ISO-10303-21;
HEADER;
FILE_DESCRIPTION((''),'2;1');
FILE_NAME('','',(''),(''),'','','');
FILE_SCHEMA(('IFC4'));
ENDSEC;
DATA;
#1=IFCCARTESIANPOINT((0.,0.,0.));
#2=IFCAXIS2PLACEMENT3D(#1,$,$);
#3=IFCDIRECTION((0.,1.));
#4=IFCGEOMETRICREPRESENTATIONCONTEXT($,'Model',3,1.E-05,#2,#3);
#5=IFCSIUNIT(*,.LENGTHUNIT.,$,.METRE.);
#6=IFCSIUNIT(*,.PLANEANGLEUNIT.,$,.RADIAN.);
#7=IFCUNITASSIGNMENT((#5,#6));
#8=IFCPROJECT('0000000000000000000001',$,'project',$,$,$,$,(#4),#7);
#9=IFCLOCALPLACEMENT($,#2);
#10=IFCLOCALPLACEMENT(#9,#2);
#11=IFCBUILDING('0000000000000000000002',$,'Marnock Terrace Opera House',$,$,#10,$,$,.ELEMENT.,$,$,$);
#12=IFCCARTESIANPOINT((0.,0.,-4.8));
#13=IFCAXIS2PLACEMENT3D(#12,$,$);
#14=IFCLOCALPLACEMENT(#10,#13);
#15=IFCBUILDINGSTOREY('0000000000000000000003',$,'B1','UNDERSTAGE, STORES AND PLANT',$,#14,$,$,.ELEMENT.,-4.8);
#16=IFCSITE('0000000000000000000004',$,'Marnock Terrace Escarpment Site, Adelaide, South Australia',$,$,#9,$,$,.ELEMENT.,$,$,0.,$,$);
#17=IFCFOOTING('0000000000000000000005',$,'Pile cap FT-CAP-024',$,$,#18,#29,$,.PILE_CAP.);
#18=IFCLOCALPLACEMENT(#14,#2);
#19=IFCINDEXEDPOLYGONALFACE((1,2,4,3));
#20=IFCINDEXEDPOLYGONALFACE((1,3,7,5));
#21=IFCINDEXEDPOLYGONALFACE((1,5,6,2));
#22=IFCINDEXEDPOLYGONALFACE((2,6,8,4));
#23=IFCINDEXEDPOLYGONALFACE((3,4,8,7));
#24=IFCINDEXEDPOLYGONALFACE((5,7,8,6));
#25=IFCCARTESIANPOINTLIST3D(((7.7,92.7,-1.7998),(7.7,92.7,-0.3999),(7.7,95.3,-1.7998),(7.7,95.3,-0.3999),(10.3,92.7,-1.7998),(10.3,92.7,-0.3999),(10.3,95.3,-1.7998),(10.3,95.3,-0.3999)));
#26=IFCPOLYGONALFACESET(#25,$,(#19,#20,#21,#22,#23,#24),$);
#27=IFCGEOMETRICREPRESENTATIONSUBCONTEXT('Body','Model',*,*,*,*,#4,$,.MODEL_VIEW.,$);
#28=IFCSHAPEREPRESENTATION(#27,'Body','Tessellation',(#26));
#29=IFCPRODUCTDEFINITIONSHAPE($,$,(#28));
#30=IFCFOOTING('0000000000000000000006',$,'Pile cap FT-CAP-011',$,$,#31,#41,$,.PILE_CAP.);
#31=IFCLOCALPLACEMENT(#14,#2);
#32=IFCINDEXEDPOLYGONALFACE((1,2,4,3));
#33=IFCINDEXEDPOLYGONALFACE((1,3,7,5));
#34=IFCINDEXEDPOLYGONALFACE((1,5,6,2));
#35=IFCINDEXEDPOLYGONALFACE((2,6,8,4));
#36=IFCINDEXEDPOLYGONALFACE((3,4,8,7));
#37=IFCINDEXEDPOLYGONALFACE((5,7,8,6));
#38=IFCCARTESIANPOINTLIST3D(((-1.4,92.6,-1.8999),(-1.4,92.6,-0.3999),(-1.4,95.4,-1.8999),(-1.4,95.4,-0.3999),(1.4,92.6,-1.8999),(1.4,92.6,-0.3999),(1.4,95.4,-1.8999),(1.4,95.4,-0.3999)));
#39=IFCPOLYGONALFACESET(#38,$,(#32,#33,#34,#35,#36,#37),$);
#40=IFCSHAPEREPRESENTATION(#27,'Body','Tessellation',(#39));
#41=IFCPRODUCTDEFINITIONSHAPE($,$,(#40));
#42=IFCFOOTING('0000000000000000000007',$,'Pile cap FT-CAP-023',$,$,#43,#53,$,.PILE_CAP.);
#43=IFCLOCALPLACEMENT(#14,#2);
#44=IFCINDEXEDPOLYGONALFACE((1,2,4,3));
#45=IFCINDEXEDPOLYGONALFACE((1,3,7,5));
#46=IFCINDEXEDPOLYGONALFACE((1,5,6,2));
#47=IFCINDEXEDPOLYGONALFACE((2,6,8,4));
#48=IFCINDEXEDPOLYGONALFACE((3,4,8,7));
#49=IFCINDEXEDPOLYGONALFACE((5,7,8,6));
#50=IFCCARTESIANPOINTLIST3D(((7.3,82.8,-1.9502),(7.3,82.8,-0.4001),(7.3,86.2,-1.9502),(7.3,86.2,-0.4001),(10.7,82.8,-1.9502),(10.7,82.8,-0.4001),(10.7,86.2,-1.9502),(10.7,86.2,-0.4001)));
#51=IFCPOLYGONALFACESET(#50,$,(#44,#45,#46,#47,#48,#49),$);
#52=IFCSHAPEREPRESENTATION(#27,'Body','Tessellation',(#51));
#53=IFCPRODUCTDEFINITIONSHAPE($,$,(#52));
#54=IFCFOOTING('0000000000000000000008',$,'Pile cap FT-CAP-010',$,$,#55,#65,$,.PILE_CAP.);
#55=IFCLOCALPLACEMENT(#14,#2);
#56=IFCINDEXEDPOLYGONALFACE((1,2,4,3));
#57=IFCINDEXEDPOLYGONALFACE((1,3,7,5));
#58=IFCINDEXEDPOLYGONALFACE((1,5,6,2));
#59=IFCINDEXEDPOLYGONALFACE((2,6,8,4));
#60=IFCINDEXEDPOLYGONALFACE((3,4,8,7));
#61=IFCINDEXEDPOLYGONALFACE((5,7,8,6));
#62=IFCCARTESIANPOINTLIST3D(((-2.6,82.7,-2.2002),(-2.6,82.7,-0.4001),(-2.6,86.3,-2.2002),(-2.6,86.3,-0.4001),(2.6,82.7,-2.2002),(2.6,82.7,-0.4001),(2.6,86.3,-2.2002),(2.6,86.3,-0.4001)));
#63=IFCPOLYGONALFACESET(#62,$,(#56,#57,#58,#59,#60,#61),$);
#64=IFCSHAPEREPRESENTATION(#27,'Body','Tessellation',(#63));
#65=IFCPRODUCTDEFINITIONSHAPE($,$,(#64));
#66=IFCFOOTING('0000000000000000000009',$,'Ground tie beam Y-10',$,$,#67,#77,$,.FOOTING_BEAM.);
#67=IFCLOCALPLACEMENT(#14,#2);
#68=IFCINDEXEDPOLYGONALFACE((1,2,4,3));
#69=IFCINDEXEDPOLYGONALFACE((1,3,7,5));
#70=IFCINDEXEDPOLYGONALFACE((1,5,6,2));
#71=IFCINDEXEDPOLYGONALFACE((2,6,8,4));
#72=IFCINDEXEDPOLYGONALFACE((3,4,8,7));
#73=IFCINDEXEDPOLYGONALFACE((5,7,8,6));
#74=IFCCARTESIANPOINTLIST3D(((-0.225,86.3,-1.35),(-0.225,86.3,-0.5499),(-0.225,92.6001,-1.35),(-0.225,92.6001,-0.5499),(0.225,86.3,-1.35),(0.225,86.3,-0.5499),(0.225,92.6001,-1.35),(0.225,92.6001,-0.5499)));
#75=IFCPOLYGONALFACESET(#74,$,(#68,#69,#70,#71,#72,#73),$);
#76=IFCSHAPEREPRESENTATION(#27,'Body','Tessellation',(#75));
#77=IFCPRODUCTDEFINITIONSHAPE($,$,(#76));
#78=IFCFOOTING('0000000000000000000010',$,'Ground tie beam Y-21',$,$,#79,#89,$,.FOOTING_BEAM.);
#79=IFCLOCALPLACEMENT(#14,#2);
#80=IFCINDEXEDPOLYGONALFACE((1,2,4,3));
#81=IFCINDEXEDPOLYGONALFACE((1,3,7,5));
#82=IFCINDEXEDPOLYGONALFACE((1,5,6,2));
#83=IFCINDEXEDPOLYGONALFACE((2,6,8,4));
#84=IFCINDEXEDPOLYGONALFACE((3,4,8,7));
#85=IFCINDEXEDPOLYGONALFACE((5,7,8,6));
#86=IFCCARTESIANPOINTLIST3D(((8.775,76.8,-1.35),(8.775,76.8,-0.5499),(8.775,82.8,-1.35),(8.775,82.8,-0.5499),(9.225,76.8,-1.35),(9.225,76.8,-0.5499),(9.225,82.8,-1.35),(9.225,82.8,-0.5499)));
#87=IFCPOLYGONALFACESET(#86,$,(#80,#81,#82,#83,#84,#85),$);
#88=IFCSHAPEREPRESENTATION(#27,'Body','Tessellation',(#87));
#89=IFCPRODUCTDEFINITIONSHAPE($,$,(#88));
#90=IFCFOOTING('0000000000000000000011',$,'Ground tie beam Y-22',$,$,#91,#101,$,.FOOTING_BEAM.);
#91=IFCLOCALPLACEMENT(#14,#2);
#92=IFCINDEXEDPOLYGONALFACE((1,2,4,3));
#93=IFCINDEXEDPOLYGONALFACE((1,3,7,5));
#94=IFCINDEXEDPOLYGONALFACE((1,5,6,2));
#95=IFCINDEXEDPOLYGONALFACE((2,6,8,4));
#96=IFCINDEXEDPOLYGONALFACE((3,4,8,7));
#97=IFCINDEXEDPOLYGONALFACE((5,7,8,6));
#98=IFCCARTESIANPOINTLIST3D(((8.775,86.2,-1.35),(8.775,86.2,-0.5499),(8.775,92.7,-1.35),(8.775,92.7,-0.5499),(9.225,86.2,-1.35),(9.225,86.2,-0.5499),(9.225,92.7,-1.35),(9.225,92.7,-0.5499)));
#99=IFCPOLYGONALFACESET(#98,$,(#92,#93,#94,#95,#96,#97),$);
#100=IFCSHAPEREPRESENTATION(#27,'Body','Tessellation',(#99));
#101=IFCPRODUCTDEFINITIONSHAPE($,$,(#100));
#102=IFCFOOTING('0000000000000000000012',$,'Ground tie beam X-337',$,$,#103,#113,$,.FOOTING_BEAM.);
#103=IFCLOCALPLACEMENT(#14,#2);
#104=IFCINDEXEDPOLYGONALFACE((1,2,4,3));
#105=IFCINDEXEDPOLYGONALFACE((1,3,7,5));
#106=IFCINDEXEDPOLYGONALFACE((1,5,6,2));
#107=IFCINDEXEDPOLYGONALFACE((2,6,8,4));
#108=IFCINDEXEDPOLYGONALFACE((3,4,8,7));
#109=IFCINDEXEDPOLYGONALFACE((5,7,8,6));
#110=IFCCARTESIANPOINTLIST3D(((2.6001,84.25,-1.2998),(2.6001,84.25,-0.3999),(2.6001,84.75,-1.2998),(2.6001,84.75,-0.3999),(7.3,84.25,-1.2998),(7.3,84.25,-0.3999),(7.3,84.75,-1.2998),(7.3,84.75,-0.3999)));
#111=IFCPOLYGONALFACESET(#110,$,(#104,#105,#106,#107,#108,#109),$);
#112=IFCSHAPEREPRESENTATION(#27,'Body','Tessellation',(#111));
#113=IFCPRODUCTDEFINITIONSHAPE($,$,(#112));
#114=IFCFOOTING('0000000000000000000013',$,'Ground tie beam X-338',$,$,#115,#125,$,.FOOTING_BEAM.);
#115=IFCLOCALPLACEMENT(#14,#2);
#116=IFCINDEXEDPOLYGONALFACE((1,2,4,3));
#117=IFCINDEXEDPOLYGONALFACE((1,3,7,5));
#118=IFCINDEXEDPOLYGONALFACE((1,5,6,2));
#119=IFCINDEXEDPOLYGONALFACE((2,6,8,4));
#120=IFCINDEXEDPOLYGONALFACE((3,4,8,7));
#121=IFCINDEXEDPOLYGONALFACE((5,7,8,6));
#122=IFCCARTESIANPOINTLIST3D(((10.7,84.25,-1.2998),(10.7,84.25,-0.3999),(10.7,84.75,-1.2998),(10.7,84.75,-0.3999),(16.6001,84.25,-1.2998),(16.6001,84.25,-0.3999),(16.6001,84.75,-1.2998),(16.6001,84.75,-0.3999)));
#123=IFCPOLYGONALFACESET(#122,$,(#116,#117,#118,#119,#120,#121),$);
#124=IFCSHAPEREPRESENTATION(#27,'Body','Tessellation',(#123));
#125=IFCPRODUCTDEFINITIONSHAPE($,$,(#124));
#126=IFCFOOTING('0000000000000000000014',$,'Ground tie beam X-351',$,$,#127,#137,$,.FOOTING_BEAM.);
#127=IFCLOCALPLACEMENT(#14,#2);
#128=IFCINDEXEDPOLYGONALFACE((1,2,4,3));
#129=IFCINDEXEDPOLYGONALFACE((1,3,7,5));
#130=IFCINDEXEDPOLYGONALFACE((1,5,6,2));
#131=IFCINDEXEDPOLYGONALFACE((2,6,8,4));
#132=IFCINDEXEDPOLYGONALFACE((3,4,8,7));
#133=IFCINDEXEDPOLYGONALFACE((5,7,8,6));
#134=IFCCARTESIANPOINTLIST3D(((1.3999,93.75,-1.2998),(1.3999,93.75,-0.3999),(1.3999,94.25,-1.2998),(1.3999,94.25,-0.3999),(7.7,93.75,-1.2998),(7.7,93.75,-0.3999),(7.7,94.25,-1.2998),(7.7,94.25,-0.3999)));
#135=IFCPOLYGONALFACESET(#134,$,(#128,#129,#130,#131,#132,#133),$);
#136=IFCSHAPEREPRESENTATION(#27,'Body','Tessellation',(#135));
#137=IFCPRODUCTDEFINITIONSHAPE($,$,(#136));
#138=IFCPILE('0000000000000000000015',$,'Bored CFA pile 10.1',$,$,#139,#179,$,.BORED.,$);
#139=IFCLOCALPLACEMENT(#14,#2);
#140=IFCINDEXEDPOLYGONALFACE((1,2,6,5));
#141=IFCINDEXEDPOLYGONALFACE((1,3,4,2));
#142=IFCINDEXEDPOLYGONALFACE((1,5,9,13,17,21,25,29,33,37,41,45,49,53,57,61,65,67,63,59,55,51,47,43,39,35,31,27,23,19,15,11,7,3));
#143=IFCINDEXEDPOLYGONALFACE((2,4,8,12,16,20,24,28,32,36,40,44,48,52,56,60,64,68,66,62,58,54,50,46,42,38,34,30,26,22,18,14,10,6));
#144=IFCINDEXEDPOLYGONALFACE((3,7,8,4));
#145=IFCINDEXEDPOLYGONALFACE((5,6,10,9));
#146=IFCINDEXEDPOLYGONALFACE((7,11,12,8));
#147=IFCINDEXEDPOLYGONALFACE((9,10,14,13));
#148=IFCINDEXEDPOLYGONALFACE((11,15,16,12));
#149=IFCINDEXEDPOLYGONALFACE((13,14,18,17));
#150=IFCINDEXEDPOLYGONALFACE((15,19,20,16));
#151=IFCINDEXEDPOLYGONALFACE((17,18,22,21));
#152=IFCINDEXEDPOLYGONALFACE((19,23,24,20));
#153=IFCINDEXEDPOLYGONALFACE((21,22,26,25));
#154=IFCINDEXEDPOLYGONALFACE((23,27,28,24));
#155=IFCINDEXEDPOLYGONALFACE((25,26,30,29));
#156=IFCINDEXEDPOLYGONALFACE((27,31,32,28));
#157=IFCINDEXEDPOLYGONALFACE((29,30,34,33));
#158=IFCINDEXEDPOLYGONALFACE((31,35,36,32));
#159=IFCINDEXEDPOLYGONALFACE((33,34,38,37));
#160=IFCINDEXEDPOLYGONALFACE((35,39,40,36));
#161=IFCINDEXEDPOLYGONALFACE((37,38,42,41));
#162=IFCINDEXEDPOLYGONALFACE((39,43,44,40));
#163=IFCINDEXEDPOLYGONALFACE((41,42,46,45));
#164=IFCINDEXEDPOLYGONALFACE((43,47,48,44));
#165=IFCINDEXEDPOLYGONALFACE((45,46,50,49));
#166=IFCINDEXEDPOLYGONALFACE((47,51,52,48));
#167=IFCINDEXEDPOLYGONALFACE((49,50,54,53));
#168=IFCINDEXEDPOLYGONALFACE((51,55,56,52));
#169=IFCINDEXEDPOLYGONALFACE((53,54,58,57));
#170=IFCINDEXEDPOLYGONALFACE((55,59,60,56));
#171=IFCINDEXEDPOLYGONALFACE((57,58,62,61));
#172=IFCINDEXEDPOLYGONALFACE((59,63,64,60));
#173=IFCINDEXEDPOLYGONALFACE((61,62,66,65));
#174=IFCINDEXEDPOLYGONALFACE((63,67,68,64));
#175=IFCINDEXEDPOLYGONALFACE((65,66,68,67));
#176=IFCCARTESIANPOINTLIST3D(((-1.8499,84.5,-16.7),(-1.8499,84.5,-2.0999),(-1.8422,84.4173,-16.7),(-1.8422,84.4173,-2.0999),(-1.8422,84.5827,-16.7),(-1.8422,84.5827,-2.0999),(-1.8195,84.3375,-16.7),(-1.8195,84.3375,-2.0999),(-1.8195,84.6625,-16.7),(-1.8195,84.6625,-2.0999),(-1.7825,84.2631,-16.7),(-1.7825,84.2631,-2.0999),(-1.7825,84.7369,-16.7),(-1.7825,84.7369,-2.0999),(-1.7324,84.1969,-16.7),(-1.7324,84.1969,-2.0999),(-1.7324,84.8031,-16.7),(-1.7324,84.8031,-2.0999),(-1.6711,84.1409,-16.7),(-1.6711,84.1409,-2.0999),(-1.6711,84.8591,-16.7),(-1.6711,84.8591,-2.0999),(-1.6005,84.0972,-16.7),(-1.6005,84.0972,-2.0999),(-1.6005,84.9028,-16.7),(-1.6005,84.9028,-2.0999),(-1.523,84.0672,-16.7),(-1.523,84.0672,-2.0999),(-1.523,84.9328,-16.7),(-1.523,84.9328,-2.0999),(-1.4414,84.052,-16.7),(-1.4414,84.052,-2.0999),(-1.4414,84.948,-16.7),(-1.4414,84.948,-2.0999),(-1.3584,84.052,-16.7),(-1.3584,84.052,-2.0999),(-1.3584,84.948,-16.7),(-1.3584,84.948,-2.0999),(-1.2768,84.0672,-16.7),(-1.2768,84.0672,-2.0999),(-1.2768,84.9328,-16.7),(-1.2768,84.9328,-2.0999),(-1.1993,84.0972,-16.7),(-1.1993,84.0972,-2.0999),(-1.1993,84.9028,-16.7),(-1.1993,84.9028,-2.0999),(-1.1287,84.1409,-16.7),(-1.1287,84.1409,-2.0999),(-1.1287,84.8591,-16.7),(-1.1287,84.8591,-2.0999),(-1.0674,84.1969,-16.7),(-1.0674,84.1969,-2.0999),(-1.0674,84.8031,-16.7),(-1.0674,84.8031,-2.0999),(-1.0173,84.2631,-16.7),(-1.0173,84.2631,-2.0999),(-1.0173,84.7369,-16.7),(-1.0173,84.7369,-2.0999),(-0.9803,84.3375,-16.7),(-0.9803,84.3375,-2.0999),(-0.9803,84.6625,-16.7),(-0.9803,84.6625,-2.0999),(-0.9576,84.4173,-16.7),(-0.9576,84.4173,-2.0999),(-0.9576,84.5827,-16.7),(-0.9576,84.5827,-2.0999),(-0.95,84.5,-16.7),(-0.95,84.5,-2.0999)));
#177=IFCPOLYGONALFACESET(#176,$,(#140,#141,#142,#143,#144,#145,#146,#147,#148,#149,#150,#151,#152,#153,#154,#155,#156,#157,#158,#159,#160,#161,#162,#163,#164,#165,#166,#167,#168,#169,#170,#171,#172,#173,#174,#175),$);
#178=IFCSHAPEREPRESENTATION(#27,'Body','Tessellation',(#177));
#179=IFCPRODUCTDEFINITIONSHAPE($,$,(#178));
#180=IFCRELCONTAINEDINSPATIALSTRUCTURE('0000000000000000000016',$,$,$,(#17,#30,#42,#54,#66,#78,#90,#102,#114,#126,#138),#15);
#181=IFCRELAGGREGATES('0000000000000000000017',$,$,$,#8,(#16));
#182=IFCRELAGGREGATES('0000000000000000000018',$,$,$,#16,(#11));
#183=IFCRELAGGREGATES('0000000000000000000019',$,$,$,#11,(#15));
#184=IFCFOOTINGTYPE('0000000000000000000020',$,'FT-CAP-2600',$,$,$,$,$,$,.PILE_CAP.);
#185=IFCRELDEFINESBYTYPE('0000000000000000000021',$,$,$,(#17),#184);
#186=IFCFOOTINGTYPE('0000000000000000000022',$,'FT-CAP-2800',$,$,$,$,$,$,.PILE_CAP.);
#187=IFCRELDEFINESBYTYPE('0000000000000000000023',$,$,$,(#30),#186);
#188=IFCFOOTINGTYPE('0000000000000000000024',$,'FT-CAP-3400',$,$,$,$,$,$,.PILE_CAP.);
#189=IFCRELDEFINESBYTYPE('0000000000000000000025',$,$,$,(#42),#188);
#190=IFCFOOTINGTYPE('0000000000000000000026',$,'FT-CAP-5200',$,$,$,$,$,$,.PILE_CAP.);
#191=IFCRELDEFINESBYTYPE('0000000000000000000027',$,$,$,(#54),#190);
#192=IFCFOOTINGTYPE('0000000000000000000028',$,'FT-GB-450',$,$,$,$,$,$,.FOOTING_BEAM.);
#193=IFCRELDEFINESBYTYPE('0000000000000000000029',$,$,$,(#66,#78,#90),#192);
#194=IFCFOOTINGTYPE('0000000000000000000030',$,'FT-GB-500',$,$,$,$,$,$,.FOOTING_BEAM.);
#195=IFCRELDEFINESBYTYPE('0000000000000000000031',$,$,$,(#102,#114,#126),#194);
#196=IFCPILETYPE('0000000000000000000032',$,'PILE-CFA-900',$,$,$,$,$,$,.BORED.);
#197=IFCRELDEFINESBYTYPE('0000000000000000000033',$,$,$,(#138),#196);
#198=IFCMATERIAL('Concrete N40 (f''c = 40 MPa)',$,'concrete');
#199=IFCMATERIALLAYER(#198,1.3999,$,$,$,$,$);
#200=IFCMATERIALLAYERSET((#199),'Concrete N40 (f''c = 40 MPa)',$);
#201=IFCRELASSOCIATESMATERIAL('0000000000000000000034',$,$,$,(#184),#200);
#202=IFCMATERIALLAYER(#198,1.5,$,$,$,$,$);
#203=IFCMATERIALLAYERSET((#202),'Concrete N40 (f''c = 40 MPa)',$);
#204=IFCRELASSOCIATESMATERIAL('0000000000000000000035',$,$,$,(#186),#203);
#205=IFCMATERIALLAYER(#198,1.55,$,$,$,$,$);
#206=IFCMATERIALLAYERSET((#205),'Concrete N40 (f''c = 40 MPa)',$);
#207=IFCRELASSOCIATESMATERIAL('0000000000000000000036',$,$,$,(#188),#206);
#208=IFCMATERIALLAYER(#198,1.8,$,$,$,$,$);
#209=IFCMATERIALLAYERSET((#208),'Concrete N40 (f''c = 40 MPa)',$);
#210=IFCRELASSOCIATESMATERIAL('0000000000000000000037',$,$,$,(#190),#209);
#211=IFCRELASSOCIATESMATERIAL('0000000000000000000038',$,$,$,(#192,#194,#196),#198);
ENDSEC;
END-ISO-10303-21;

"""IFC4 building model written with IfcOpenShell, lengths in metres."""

from ifc_helpers import new_model, si_unit, direction, frame, origin, origin_2d, place, context, subcontext, project, spatial, rectangle, circle, extrude, material, layer, layer_set, material_profile, profile_set, type_object, element, save


model = new_model("IFC4")

# Units and contexts
model_context = context("Model", 3, precision=1e-05, world=origin(), true_north=direction((0.0, 1.0)))
body_context = subcontext(model_context, "Body", "Model", "MODEL_VIEW")
ifc_project = project(units=[si_unit("LENGTHUNIT", "METRE"), si_unit("PLANEANGLEUNIT", "RADIAN")], contexts=[model_context])

# Site, building, storey
site_placement = place(None, origin())
site = spatial("IfcSite", under=ifc_project, at=site_placement, Name="Marnock Terrace Escarpment Site, Adelaide, South Australia", CompositionType="ELEMENT", RefElevation=0.0)
building_placement = place(site_placement, origin())
building = spatial("IfcBuilding", under=site, at=building_placement, Name="Marnock Terrace Opera House", CompositionType="ELEMENT")
storey_placement = place(building_placement, frame((0.0, 0.0, -4.8)))
storey = spatial("IfcBuildingStorey", under=building, at=storey_placement, Name="B1", Description="UNDERSTAGE, STORES AND PLANT", CompositionType="ELEMENT", Elevation=-4.8)

# Footings
ifc_material_1 = material(Name="Concrete N40 (f'c = 40 MPa)", Category="concrete")
ifc_layer_1 = layer(ifc_material_1, 1.3999)
ifc_layer_set_1 = layer_set([ifc_layer_1], Name="Concrete N40 (f'c = 40 MPa)")
footing_type_1 = type_object("IfcFootingType", Name="FT-CAP-2600", PredefinedType="PILE_CAP", material=ifc_layer_set_1)
footing_1_placement = place(storey_placement, frame((9.0, 94.0, -1.7998), z_axis=(0.0, 0.0, 1.0), x_axis=(1.0, 0.0, 0.0)))
element("IfcFooting", 1, at=footing_1_placement, inside=storey, type_object=footing_type_1, Name="Pile cap FT-CAP-024", PredefinedType="PILE_CAP", context=body_context, shape_type="SweptSolid", body=[
    extrude(rectangle(XDim=2.6001, YDim=2.6001, at=origin_2d()), origin(), (0.0, 0.0, 1.0), 1.3999),
])
ifc_layer_2 = layer(ifc_material_1, 1.5)
ifc_layer_set_2 = layer_set([ifc_layer_2], Name="Concrete N40 (f'c = 40 MPa)")
footing_type_2 = type_object("IfcFootingType", Name="FT-CAP-2800", PredefinedType="PILE_CAP", material=ifc_layer_set_2)
footing_2_placement = place(storey_placement, frame((0.0, 94.0, -1.8999), z_axis=(0.0, 0.0, 1.0), x_axis=(1.0, 0.0, 0.0)))
element("IfcFooting", 2, at=footing_2_placement, inside=storey, type_object=footing_type_2, Name="Pile cap FT-CAP-011", PredefinedType="PILE_CAP", context=body_context, shape_type="SweptSolid", body=[
    extrude(rectangle(XDim=2.8, YDim=2.8, at=origin_2d()), origin(), (0.0, 0.0, 1.0), 1.5),
])
ifc_layer_3 = layer(ifc_material_1, 1.55)
ifc_layer_set_3 = layer_set([ifc_layer_3], Name="Concrete N40 (f'c = 40 MPa)")
footing_type_3 = type_object("IfcFootingType", Name="FT-CAP-3400", PredefinedType="PILE_CAP", material=ifc_layer_set_3)
footing_3_placement = place(storey_placement, frame((9.0, 84.5, -1.9502), z_axis=(0.0, 0.0, 1.0), x_axis=(1.0, 0.0, 0.0)))
element("IfcFooting", 3, at=footing_3_placement, inside=storey, type_object=footing_type_3, Name="Pile cap FT-CAP-023", PredefinedType="PILE_CAP", context=body_context, shape_type="SweptSolid", body=[
    extrude(rectangle(XDim=3.3999, YDim=3.3999, at=origin_2d()), origin(), (0.0, 0.0, 1.0), 1.55),
])
ifc_layer_4 = layer(ifc_material_1, 1.8)
ifc_layer_set_4 = layer_set([ifc_layer_4], Name="Concrete N40 (f'c = 40 MPa)")
footing_type_4 = type_object("IfcFootingType", Name="FT-CAP-5200", PredefinedType="PILE_CAP", material=ifc_layer_set_4)
footing_4_placement = place(storey_placement, frame((0.0, 84.5, -2.2002), z_axis=(0.0, 0.0, 1.0), x_axis=(1.0, 0.0, 0.0)))
element("IfcFooting", 4, at=footing_4_placement, inside=storey, type_object=footing_type_4, Name="Pile cap FT-CAP-010", PredefinedType="PILE_CAP", context=body_context, shape_type="SweptSolid", body=[
    extrude(rectangle(XDim=5.2, YDim=3.6001, at=origin_2d()), origin(), (0.0, 0.0, 1.0), 1.8),
])
ifc_material_profile_1 = material_profile(ifc_material_1, rectangle(XDim=0.45, YDim=0.8, at=origin_2d()))
ifc_profile_set_1 = profile_set([ifc_material_profile_1], Name="Concrete N40 (f'c = 40 MPa)")
footing_type_5 = type_object("IfcFootingType", Name="FT-GB-450", PredefinedType="FOOTING_BEAM", material=ifc_profile_set_1)
footing_5_placement = place(storey_placement, frame((0.0, 86.3, -0.95), z_axis=(0.0, 1.0, 0.0), x_axis=(-1.0, 0.0, 0.0)))
element("IfcFooting", 5, at=footing_5_placement, inside=storey, type_object=footing_type_5, Name="Ground tie beam Y-10", PredefinedType="FOOTING_BEAM", context=body_context, shape_type="SweptSolid", body=[
    extrude(rectangle(XDim=0.45, YDim=0.8, at=origin_2d()), origin(), (0.0, 0.0, 1.0), 6.3),
])
footing_6_placement = place(storey_placement, frame((9.0, 76.8, -0.95), z_axis=(0.0, 1.0, 0.0), x_axis=(-1.0, 0.0, 0.0)))
element("IfcFooting", 6, at=footing_6_placement, inside=storey, type_object=footing_type_5, Name="Ground tie beam Y-21", PredefinedType="FOOTING_BEAM", context=body_context, shape_type="SweptSolid", body=[
    extrude(rectangle(XDim=0.45, YDim=0.8, at=origin_2d()), origin(), (0.0, 0.0, 1.0), 6.0),
])
footing_7_placement = place(storey_placement, frame((9.0, 86.2, -0.95), z_axis=(0.0, 1.0, 0.0), x_axis=(-1.0, 0.0, 0.0)))
element("IfcFooting", 7, at=footing_7_placement, inside=storey, type_object=footing_type_5, Name="Ground tie beam Y-22", PredefinedType="FOOTING_BEAM", context=body_context, shape_type="SweptSolid", body=[
    extrude(rectangle(XDim=0.45, YDim=0.8, at=origin_2d()), origin(), (0.0, 0.0, 1.0), 6.5),
])
ifc_material_profile_2 = material_profile(ifc_material_1, rectangle(XDim=0.5, YDim=0.8999, at=origin_2d()))
ifc_profile_set_2 = profile_set([ifc_material_profile_2], Name="Concrete N40 (f'c = 40 MPa)")
footing_type_6 = type_object("IfcFootingType", Name="FT-GB-500", PredefinedType="FOOTING_BEAM", material=ifc_profile_set_2)
footing_8_placement = place(storey_placement, frame((2.6001, 84.5, -0.8499), z_axis=(1.0, 0.0, 0.0), x_axis=(0.0, 1.0, 0.0)))
element("IfcFooting", 8, at=footing_8_placement, inside=storey, type_object=footing_type_6, Name="Ground tie beam X-337", PredefinedType="FOOTING_BEAM", context=body_context, shape_type="SweptSolid", body=[
    extrude(rectangle(XDim=0.5, YDim=0.8999, at=origin_2d()), origin(), (0.0, 0.0, 1.0), 4.7),
])
footing_9_placement = place(storey_placement, frame((10.7, 84.5, -0.8499), z_axis=(1.0, 0.0, 0.0), x_axis=(0.0, 1.0, 0.0)))
element("IfcFooting", 9, at=footing_9_placement, inside=storey, type_object=footing_type_6, Name="Ground tie beam X-338", PredefinedType="FOOTING_BEAM", context=body_context, shape_type="SweptSolid", body=[
    extrude(rectangle(XDim=0.5, YDim=0.8999, at=origin_2d()), origin(), (0.0, 0.0, 1.0), 5.9001),
])
footing_10_placement = place(storey_placement, frame((1.3999, 94.0, -0.8499), z_axis=(1.0, 0.0, 0.0), x_axis=(0.0, 1.0, 0.0)))
element("IfcFooting", 10, at=footing_10_placement, inside=storey, type_object=footing_type_6, Name="Ground tie beam X-351", PredefinedType="FOOTING_BEAM", context=body_context, shape_type="SweptSolid", body=[
    extrude(rectangle(XDim=0.5, YDim=0.8999, at=origin_2d()), origin(), (0.0, 0.0, 1.0), 6.3),
])

# Pile
ifc_material_profile_3 = material_profile(ifc_material_1, circle(Radius=0.45, at=origin_2d()))
ifc_profile_set_3 = profile_set([ifc_material_profile_3], Name="Concrete N40 (f'c = 40 MPa)")
pile_type = type_object("IfcPileType", Name="PILE-CFA-900", PredefinedType="BORED", material=ifc_profile_set_3)
for number, where, z_axis, x_axis, name in (
    (11, (-1.3999, 84.5, -2.0999), (0.0, 0.0, -1.0), (1.0, 0.0, 0.0), "Bored CFA pile 10.1"),
):
    element("IfcPile", number, at=place(storey_placement, frame(where, z_axis=z_axis, x_axis=x_axis)), inside=storey, type_object=pile_type, Name=name, PredefinedType="BORED", context=body_context, shape_type="SweptSolid", body=[
        extrude(circle(Radius=0.45, at=origin_2d()), origin(), (0.0, 0.0, 1.0), 14.6001),
    ])

save(model, "model.ifc")
